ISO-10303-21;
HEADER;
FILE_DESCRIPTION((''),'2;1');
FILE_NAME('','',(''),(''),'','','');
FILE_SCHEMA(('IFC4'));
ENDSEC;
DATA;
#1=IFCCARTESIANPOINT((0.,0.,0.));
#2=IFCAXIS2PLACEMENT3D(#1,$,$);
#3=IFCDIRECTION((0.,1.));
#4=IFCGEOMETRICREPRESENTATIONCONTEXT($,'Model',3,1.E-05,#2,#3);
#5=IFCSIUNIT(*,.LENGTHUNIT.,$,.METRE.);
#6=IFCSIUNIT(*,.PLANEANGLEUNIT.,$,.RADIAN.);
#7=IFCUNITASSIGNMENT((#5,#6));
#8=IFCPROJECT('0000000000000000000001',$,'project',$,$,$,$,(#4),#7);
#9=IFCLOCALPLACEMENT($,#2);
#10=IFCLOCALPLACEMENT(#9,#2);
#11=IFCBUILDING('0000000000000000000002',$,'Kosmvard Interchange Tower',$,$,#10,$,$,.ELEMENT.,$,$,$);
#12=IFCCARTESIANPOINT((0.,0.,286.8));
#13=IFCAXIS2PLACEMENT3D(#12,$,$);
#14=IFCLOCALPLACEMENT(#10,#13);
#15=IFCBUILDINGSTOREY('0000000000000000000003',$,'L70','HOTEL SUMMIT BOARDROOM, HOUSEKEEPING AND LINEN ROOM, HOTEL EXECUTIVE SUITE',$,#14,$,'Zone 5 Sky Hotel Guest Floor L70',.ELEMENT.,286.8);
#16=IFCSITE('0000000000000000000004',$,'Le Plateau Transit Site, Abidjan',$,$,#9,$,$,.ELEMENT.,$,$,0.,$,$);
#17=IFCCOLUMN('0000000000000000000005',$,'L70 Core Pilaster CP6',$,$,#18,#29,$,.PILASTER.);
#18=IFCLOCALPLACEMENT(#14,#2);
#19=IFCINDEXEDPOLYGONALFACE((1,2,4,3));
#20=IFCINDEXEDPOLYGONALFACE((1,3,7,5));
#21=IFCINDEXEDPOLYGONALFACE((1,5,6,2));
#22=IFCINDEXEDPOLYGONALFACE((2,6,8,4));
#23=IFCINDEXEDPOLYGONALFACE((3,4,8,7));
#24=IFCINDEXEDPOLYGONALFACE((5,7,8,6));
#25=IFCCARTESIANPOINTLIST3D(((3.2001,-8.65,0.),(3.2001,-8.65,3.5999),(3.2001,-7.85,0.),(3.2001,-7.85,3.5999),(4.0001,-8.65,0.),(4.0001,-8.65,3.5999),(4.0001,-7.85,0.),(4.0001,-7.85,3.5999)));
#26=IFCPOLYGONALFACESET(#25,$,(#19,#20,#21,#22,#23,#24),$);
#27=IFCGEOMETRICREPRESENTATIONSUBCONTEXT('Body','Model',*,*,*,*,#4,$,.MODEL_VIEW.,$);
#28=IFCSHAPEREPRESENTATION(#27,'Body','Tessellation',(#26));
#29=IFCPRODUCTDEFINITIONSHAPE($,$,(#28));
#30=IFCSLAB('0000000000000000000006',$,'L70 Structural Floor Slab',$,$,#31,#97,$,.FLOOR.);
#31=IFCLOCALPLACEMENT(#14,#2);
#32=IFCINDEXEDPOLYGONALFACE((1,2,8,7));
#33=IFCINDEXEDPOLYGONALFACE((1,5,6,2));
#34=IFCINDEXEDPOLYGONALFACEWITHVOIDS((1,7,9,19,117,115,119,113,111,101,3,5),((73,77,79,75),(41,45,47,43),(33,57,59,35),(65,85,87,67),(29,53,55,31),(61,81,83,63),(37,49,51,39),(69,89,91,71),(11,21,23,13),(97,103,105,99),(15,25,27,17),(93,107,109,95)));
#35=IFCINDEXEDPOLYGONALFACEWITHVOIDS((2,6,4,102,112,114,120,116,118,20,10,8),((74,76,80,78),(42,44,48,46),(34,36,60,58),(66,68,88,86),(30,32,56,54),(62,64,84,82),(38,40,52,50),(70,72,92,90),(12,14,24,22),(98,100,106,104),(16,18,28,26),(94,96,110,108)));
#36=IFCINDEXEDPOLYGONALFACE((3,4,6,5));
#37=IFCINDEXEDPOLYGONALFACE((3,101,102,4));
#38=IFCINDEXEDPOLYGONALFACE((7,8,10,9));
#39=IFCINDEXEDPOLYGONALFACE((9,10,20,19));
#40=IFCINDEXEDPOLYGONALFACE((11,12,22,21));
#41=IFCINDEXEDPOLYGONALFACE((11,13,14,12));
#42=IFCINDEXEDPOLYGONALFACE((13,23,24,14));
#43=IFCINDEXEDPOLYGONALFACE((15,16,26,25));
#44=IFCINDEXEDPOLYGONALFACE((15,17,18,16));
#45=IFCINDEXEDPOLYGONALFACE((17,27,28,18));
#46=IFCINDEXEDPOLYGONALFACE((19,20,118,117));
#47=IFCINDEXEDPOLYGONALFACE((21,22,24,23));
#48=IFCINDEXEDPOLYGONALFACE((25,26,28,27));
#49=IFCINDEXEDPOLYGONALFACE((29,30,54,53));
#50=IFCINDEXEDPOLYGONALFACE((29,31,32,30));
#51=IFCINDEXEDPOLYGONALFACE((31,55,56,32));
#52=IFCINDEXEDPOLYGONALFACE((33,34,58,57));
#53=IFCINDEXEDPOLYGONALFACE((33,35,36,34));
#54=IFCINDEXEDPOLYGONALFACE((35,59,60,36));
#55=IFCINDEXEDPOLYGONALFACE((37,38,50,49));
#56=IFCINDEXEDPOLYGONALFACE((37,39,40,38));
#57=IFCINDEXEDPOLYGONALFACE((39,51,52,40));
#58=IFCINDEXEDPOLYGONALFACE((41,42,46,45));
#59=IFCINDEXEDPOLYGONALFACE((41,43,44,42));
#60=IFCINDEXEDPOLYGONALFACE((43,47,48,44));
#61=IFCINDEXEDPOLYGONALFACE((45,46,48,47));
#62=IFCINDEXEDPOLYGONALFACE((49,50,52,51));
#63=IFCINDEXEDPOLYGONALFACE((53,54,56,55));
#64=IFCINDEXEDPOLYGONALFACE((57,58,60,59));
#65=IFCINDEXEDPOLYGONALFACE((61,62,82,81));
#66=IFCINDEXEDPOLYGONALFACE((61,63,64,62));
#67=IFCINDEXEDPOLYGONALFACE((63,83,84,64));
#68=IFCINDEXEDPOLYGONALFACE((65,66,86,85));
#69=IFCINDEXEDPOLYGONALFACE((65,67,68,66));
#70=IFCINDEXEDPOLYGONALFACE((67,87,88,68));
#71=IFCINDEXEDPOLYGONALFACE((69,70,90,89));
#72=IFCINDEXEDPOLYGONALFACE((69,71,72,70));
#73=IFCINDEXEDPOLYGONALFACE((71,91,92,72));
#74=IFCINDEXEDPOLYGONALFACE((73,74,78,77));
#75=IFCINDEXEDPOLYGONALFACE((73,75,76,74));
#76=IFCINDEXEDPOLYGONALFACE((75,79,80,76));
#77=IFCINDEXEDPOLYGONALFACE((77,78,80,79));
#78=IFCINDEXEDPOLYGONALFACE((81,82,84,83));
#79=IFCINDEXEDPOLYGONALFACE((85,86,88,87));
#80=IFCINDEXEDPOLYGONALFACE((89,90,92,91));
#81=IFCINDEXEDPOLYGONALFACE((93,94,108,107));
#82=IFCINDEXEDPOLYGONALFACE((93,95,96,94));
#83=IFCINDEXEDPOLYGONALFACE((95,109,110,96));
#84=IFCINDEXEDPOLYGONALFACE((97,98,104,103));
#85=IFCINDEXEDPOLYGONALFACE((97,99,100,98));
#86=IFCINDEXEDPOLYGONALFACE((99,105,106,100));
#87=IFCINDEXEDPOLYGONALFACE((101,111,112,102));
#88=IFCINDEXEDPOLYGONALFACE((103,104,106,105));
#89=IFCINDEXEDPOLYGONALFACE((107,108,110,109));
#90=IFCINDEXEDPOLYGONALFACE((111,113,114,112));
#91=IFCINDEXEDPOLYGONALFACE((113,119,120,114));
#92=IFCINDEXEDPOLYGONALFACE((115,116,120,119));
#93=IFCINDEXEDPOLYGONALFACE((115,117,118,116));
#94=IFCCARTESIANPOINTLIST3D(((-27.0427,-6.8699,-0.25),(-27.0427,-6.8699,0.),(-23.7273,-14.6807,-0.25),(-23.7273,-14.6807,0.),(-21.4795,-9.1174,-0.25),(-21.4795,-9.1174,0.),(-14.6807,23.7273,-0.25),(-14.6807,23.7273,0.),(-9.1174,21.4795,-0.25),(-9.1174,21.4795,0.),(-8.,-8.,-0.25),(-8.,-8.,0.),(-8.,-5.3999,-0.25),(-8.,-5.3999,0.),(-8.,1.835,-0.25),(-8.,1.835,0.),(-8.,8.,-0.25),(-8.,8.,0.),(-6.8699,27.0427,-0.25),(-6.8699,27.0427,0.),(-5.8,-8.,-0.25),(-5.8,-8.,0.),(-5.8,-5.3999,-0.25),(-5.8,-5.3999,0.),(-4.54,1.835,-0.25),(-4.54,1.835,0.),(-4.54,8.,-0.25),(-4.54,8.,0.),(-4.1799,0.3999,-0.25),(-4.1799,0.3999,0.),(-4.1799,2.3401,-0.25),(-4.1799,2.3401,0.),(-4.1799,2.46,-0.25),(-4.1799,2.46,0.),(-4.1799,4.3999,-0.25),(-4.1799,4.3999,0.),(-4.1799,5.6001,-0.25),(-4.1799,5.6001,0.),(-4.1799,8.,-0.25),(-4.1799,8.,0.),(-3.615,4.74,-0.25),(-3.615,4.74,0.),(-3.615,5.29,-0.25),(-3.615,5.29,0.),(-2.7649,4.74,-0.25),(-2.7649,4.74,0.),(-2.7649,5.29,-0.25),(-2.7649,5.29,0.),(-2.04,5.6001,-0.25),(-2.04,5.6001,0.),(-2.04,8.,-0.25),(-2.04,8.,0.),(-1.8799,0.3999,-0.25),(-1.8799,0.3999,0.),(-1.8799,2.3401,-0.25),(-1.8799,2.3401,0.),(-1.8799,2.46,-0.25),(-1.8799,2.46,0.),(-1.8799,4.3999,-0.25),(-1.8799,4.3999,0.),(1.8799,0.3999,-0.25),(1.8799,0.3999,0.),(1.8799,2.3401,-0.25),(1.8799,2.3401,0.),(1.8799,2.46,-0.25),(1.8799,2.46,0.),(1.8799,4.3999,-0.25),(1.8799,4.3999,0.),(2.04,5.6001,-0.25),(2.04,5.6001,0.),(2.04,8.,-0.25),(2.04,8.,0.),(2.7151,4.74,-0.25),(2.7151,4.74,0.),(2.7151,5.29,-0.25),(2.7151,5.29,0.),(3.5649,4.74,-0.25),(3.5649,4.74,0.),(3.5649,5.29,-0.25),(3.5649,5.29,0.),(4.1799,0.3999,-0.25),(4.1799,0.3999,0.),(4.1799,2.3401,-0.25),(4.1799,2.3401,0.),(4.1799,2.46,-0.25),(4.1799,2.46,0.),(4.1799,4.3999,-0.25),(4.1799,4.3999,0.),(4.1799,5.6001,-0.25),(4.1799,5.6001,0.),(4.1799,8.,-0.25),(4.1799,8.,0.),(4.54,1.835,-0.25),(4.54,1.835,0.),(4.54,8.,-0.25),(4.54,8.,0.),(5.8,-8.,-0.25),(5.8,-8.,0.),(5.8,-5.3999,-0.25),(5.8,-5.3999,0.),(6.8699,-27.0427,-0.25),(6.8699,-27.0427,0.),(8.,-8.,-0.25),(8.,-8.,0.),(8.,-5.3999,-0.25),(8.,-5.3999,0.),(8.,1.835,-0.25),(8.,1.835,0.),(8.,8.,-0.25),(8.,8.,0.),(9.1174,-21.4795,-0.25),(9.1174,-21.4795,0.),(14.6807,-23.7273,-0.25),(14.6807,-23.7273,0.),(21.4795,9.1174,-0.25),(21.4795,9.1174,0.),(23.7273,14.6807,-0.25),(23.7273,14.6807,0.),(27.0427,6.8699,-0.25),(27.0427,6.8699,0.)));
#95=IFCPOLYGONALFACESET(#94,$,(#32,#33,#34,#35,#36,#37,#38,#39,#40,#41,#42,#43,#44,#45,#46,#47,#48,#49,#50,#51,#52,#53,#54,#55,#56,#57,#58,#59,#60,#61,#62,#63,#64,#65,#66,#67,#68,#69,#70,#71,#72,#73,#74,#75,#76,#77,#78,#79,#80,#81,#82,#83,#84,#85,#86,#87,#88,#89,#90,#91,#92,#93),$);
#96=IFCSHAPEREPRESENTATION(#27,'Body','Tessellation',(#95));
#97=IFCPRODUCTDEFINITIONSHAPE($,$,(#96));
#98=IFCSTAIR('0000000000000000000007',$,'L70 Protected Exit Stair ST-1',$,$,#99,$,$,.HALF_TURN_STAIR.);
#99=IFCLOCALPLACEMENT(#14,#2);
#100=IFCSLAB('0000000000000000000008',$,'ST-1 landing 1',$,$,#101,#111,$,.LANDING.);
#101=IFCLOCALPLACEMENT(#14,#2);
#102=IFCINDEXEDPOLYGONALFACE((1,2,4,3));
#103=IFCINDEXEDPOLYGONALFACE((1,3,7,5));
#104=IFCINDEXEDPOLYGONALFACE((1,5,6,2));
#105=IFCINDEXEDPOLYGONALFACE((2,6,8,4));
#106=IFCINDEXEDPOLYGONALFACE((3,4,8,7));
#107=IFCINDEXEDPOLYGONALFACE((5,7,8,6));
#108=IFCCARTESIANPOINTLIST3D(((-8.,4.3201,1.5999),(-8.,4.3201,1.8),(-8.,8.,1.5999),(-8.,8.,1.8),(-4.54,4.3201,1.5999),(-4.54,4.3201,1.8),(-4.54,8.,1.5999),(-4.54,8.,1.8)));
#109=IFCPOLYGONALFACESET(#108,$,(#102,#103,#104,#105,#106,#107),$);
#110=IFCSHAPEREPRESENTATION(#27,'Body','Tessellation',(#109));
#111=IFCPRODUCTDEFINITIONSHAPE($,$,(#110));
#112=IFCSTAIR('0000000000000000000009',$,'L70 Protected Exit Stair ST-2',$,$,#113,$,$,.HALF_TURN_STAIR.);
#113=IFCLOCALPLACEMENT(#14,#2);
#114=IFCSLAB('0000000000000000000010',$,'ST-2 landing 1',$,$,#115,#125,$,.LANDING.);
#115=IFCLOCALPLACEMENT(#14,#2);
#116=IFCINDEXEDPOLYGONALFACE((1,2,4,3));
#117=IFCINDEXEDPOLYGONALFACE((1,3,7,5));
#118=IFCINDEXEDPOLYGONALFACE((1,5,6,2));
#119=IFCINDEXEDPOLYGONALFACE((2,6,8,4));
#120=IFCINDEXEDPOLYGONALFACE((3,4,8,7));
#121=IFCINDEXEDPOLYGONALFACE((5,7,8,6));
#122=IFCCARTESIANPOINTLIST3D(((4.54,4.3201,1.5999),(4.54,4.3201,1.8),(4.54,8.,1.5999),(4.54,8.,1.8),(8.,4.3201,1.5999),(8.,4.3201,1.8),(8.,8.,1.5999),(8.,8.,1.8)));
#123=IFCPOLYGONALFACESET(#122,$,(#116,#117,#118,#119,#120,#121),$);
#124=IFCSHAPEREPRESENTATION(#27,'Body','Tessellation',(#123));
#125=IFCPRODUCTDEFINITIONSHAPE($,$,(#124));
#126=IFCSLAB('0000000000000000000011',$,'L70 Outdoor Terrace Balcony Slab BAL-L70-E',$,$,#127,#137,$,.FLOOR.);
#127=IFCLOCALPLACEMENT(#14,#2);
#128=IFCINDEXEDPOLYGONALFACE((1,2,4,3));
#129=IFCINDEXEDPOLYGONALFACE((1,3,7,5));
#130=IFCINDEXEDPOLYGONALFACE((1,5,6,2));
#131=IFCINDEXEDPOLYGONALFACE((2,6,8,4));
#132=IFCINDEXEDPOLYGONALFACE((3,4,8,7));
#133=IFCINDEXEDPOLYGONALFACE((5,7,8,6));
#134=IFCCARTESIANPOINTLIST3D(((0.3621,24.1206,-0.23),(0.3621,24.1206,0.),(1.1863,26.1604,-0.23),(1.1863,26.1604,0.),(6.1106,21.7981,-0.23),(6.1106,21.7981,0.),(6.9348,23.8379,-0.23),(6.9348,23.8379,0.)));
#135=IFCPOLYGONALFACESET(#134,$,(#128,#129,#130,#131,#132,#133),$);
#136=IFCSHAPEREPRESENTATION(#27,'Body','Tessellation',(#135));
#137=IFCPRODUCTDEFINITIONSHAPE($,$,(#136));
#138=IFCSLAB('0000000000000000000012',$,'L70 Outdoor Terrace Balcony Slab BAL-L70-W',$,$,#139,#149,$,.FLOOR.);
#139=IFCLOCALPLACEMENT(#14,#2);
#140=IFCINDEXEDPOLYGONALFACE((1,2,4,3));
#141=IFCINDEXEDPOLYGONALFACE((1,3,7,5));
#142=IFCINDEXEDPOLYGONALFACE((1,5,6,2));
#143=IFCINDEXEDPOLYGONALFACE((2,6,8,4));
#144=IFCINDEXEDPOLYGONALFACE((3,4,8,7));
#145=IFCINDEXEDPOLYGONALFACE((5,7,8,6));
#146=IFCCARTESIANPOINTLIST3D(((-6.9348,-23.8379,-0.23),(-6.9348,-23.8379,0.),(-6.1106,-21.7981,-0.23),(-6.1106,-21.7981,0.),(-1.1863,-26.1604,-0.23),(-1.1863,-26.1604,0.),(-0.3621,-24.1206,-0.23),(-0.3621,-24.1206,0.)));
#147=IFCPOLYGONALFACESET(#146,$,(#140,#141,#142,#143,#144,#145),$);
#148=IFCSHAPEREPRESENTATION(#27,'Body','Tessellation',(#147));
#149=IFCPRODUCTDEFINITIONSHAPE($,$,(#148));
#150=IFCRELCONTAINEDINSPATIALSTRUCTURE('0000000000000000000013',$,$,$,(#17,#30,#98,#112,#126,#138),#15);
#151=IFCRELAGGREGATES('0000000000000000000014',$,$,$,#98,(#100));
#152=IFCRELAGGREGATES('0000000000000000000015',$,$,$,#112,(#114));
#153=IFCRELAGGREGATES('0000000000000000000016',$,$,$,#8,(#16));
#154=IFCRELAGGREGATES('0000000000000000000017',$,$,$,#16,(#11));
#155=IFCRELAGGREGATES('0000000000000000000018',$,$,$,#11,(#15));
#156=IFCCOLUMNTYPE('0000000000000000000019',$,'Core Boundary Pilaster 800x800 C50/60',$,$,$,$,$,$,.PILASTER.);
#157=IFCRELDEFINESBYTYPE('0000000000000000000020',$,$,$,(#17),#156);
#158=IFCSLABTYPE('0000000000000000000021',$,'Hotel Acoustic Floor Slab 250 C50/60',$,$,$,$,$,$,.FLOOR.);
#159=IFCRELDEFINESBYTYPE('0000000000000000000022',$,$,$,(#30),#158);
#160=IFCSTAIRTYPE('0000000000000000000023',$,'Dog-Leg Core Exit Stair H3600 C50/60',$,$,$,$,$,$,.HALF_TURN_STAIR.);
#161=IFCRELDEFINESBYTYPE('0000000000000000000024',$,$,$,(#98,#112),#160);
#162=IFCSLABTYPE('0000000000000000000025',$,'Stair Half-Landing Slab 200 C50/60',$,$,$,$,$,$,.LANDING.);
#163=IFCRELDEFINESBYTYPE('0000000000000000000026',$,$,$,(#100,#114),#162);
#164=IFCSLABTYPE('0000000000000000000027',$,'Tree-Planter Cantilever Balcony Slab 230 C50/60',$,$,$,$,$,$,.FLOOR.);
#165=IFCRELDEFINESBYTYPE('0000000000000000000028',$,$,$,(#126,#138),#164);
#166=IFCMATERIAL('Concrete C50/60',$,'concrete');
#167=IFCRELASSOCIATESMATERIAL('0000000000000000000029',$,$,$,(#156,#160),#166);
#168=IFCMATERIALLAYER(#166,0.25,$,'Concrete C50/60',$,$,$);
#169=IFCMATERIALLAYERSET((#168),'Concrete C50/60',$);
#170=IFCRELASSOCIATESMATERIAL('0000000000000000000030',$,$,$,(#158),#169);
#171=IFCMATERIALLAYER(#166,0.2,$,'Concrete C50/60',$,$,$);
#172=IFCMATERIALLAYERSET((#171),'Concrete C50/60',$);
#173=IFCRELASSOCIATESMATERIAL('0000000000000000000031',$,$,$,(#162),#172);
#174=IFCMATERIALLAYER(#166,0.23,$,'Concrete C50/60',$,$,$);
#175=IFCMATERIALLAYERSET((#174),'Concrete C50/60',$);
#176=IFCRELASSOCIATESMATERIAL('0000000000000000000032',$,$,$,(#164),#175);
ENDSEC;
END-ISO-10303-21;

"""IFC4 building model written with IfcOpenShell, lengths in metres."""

from ifc_helpers import new_model, si_unit, direction, frame, origin, origin_2d, place, context, subcontext, project, spatial, polyline, rectangle, outline, extrude, source, transform, mapped, material, layer, layer_set, material_profile, profile_set, type_object, element, aggregate, save


model = new_model("IFC4")

# Units and contexts
model_context = context("Model", 3, precision=1e-05, world=origin(), true_north=direction((0.0, 1.0)))
body_context = subcontext(model_context, "Body", "Model", "MODEL_VIEW")
ifc_project = project(units=[si_unit("LENGTHUNIT", "METRE"), si_unit("PLANEANGLEUNIT", "RADIAN")], contexts=[model_context])

# Site, building, storey
site_placement = place(None, origin())
site = spatial("IfcSite", under=ifc_project, at=site_placement, Name="Le Plateau Transit Site, Abidjan", CompositionType="ELEMENT", RefElevation=0.0)
building_placement = place(site_placement, origin())
building = spatial("IfcBuilding", under=site, at=building_placement, Name="Kosmvard Interchange Tower", CompositionType="ELEMENT")
storey_placement = place(building_placement, frame((0.0, 0.0, 286.8)))
storey = spatial("IfcBuildingStorey", under=building, at=storey_placement, Name="L70", Description="HOTEL SUMMIT BOARDROOM, HOUSEKEEPING AND LINEN ROOM, HOTEL EXECUTIVE SUITE", LongName="Zone 5 Sky Hotel Guest Floor L70", CompositionType="ELEMENT", Elevation=286.8)

# Column
ifc_material_1 = material(Name="Concrete C50/60", Category="concrete")
ifc_material_profile = material_profile(ifc_material_1, rectangle(XDim=0.8, YDim=0.8, at=origin_2d()), Name="CP 800x800")
ifc_profile_set = profile_set([ifc_material_profile], Name="Concrete C50/60")
column_type = type_object("IfcColumnType", Name="Core Boundary Pilaster 800x800 C50/60", PredefinedType="PILASTER", material=ifc_profile_set)
shared_shape_1 = source(origin(), body_context, "Body", "SweptSolid", [
    extrude(rectangle(XDim=0.8, YDim=0.8, at=origin_2d()), origin(), (0.0, 0.0, 1.0), 3.5999),
])
column_placement = place(storey_placement, frame((3.6001, -8.25, 0.0), z_axis=(0.0, 0.0, 1.0), x_axis=(1.0, 0.0, 0.0)))
element("IfcColumn", 1, at=column_placement, inside=storey, type_object=column_type, Name="L70 Core Pilaster CP6", PredefinedType="PILASTER", context=body_context, shape_type="MappedRepresentation", body=[
    mapped(shared_shape_1, transform((0.0, 0.0, 0.0), scale=1.0)),
])

# Slab
ifc_layer_1 = layer(ifc_material_1, 0.25, Name="Concrete C50/60")
ifc_layer_set_1 = layer_set([ifc_layer_1], Name="Concrete C50/60")
slab_type_1 = type_object("IfcSlabType", Name="Hotel Acoustic Floor Slab 250 C50/60", PredefinedType="FLOOR", material=ifc_layer_set_1)
slab_1_placement = place(storey_placement, frame((0.0, 0.0, -0.25)))
element("IfcSlab", 2, at=slab_1_placement, inside=storey, type_object=slab_type_1, Name="L70 Structural Floor Slab", PredefinedType="FLOOR", context=body_context, shape_type="SweptSolid", body=[
    extrude(outline(polyline([(14.6807, -23.7273), (27.0427, 6.8699), (21.4795, 9.1174), (23.7273, 14.6807), (-6.8699, 27.0427), (-9.1174, 21.4795), (-14.6807, 23.7273), (-27.0427, -6.8699), (-21.4795, -9.1174), (-23.7273, -14.6807), (6.8699, -27.0427), (9.1174, -21.4795), (14.6807, -23.7273)]), holes=[polyline([(-8.0, 1.835), (-4.54, 1.835), (-4.54, 8.0), (-8.0, 8.0), (-8.0, 1.835)]), polyline([(4.54, 1.835), (8.0, 1.835), (8.0, 8.0), (4.54, 8.0), (4.54, 1.835)]), polyline([(-8.0, -8.0), (-5.8, -8.0), (-5.8, -5.3999), (-8.0, -5.3999), (-8.0, -8.0)]), polyline([(5.8, -8.0), (8.0, -8.0), (8.0, -5.3999), (5.8, -5.3999), (5.8, -8.0)]), polyline([(-4.1799, 0.3999), (-1.8799, 0.3999), (-1.8799, 2.3401), (-4.1799, 2.3401), (-4.1799, 0.3999)]), polyline([(-4.1799, 2.46), (-1.8799, 2.46), (-1.8799, 4.3999), (-4.1799, 4.3999), (-4.1799, 2.46)]), polyline([(1.8799, 0.3999), (4.1799, 0.3999), (4.1799, 2.3401), (1.8799, 2.3401), (1.8799, 0.3999)]), polyline([(1.8799, 2.46), (4.1799, 2.46), (4.1799, 4.3999), (1.8799, 4.3999), (1.8799, 2.46)]), polyline([(-4.1799, 5.6001), (-2.04, 5.6001), (-2.04, 8.0), (-4.1799, 8.0), (-4.1799, 5.6001)]), polyline([(2.04, 5.6001), (4.1799, 5.6001), (4.1799, 8.0), (2.04, 8.0), (2.04, 5.6001)]), polyline([(-3.615, 4.74), (-2.7649, 4.74), (-2.7649, 5.29), (-3.615, 5.29), (-3.615, 4.74)]), polyline([(2.7151, 4.74), (3.5649, 4.74), (3.5649, 5.29), (2.7151, 5.29), (2.7151, 4.74)])]), origin(), (0.0, 0.0, 1.0), 0.25),
])

# Stairs, slabs
stair_type = type_object("IfcStairType", Name="Dog-Leg Core Exit Stair H3600 C50/60", PredefinedType="HALF_TURN_STAIR", material=ifc_material_1)
stair_1_placement = place(storey_placement, origin())
stair_1 = element("IfcStair", 3, at=stair_1_placement, inside=storey, type_object=stair_type, Name="L70 Protected Exit Stair ST-1", PredefinedType="HALF_TURN_STAIR")
ifc_layer_2 = layer(ifc_material_1, 0.2, Name="Concrete C50/60")
ifc_layer_set_2 = layer_set([ifc_layer_2], Name="Concrete C50/60")
slab_type_2 = type_object("IfcSlabType", Name="Stair Half-Landing Slab 200 C50/60", PredefinedType="LANDING", material=ifc_layer_set_2)
slab_2_placement = place(storey_placement, frame((0.0, 0.0, 1.5999)))
slab_2 = element("IfcSlab", 4, at=slab_2_placement, type_object=slab_type_2, Name="ST-1 landing 1", PredefinedType="LANDING", context=body_context, shape_type="SweptSolid", body=[
    extrude(outline(polyline([(-4.54, 4.3201), (-4.54, 8.0), (-8.0, 8.0), (-8.0, 4.3201), (-4.54, 4.3201)])), origin(), (0.0, 0.0, 1.0), 0.2002),
])
aggregate(stair_1, [slab_2])
stair_2_placement = place(storey_placement, origin())
stair_2 = element("IfcStair", 5, at=stair_2_placement, inside=storey, type_object=stair_type, Name="L70 Protected Exit Stair ST-2", PredefinedType="HALF_TURN_STAIR")
slab_3_placement = place(storey_placement, frame((0.0, 0.0, 1.5999)))
slab_3 = element("IfcSlab", 6, at=slab_3_placement, type_object=slab_type_2, Name="ST-2 landing 1", PredefinedType="LANDING", context=body_context, shape_type="SweptSolid", body=[
    extrude(outline(polyline([(8.0, 4.3201), (8.0, 8.0), (4.54, 8.0), (4.54, 4.3201), (8.0, 4.3201)])), origin(), (0.0, 0.0, 1.0), 0.2002),
])
aggregate(stair_2, [slab_3])

# Slabs
ifc_layer_3 = layer(ifc_material_1, 0.23, Name="Concrete C50/60")
ifc_layer_set_3 = layer_set([ifc_layer_3], Name="Concrete C50/60")
slab_type_3 = type_object("IfcSlabType", Name="Tree-Planter Cantilever Balcony Slab 230 C50/60", PredefinedType="FLOOR", material=ifc_layer_set_3)
slab_4_placement = place(storey_placement, frame((0.0, 0.0, -0.23)))
element("IfcSlab", 7, at=slab_4_placement, inside=storey, type_object=slab_type_3, Name="L70 Outdoor Terrace Balcony Slab BAL-L70-E", PredefinedType="FLOOR", context=body_context, shape_type="SweptSolid", body=[
    extrude(outline(polyline([(6.1106, 21.7981), (6.9348, 23.8379), (1.1863, 26.1604), (0.3621, 24.1206), (6.1106, 21.7981)])), origin(), (0.0, 0.0, 1.0), 0.23),
])
slab_5_placement = place(storey_placement, frame((0.0, 0.0, -0.23)))
element("IfcSlab", 8, at=slab_5_placement, inside=storey, type_object=slab_type_3, Name="L70 Outdoor Terrace Balcony Slab BAL-L70-W", PredefinedType="FLOOR", context=body_context, shape_type="SweptSolid", body=[
    extrude(outline(polyline([(-1.1863, -26.1604), (-0.3621, -24.1206), (-6.1106, -21.7981), (-6.9348, -23.8379), (-1.1863, -26.1604)])), origin(), (0.0, 0.0, 1.0), 0.23),
])

save(model, "model.ifc")
